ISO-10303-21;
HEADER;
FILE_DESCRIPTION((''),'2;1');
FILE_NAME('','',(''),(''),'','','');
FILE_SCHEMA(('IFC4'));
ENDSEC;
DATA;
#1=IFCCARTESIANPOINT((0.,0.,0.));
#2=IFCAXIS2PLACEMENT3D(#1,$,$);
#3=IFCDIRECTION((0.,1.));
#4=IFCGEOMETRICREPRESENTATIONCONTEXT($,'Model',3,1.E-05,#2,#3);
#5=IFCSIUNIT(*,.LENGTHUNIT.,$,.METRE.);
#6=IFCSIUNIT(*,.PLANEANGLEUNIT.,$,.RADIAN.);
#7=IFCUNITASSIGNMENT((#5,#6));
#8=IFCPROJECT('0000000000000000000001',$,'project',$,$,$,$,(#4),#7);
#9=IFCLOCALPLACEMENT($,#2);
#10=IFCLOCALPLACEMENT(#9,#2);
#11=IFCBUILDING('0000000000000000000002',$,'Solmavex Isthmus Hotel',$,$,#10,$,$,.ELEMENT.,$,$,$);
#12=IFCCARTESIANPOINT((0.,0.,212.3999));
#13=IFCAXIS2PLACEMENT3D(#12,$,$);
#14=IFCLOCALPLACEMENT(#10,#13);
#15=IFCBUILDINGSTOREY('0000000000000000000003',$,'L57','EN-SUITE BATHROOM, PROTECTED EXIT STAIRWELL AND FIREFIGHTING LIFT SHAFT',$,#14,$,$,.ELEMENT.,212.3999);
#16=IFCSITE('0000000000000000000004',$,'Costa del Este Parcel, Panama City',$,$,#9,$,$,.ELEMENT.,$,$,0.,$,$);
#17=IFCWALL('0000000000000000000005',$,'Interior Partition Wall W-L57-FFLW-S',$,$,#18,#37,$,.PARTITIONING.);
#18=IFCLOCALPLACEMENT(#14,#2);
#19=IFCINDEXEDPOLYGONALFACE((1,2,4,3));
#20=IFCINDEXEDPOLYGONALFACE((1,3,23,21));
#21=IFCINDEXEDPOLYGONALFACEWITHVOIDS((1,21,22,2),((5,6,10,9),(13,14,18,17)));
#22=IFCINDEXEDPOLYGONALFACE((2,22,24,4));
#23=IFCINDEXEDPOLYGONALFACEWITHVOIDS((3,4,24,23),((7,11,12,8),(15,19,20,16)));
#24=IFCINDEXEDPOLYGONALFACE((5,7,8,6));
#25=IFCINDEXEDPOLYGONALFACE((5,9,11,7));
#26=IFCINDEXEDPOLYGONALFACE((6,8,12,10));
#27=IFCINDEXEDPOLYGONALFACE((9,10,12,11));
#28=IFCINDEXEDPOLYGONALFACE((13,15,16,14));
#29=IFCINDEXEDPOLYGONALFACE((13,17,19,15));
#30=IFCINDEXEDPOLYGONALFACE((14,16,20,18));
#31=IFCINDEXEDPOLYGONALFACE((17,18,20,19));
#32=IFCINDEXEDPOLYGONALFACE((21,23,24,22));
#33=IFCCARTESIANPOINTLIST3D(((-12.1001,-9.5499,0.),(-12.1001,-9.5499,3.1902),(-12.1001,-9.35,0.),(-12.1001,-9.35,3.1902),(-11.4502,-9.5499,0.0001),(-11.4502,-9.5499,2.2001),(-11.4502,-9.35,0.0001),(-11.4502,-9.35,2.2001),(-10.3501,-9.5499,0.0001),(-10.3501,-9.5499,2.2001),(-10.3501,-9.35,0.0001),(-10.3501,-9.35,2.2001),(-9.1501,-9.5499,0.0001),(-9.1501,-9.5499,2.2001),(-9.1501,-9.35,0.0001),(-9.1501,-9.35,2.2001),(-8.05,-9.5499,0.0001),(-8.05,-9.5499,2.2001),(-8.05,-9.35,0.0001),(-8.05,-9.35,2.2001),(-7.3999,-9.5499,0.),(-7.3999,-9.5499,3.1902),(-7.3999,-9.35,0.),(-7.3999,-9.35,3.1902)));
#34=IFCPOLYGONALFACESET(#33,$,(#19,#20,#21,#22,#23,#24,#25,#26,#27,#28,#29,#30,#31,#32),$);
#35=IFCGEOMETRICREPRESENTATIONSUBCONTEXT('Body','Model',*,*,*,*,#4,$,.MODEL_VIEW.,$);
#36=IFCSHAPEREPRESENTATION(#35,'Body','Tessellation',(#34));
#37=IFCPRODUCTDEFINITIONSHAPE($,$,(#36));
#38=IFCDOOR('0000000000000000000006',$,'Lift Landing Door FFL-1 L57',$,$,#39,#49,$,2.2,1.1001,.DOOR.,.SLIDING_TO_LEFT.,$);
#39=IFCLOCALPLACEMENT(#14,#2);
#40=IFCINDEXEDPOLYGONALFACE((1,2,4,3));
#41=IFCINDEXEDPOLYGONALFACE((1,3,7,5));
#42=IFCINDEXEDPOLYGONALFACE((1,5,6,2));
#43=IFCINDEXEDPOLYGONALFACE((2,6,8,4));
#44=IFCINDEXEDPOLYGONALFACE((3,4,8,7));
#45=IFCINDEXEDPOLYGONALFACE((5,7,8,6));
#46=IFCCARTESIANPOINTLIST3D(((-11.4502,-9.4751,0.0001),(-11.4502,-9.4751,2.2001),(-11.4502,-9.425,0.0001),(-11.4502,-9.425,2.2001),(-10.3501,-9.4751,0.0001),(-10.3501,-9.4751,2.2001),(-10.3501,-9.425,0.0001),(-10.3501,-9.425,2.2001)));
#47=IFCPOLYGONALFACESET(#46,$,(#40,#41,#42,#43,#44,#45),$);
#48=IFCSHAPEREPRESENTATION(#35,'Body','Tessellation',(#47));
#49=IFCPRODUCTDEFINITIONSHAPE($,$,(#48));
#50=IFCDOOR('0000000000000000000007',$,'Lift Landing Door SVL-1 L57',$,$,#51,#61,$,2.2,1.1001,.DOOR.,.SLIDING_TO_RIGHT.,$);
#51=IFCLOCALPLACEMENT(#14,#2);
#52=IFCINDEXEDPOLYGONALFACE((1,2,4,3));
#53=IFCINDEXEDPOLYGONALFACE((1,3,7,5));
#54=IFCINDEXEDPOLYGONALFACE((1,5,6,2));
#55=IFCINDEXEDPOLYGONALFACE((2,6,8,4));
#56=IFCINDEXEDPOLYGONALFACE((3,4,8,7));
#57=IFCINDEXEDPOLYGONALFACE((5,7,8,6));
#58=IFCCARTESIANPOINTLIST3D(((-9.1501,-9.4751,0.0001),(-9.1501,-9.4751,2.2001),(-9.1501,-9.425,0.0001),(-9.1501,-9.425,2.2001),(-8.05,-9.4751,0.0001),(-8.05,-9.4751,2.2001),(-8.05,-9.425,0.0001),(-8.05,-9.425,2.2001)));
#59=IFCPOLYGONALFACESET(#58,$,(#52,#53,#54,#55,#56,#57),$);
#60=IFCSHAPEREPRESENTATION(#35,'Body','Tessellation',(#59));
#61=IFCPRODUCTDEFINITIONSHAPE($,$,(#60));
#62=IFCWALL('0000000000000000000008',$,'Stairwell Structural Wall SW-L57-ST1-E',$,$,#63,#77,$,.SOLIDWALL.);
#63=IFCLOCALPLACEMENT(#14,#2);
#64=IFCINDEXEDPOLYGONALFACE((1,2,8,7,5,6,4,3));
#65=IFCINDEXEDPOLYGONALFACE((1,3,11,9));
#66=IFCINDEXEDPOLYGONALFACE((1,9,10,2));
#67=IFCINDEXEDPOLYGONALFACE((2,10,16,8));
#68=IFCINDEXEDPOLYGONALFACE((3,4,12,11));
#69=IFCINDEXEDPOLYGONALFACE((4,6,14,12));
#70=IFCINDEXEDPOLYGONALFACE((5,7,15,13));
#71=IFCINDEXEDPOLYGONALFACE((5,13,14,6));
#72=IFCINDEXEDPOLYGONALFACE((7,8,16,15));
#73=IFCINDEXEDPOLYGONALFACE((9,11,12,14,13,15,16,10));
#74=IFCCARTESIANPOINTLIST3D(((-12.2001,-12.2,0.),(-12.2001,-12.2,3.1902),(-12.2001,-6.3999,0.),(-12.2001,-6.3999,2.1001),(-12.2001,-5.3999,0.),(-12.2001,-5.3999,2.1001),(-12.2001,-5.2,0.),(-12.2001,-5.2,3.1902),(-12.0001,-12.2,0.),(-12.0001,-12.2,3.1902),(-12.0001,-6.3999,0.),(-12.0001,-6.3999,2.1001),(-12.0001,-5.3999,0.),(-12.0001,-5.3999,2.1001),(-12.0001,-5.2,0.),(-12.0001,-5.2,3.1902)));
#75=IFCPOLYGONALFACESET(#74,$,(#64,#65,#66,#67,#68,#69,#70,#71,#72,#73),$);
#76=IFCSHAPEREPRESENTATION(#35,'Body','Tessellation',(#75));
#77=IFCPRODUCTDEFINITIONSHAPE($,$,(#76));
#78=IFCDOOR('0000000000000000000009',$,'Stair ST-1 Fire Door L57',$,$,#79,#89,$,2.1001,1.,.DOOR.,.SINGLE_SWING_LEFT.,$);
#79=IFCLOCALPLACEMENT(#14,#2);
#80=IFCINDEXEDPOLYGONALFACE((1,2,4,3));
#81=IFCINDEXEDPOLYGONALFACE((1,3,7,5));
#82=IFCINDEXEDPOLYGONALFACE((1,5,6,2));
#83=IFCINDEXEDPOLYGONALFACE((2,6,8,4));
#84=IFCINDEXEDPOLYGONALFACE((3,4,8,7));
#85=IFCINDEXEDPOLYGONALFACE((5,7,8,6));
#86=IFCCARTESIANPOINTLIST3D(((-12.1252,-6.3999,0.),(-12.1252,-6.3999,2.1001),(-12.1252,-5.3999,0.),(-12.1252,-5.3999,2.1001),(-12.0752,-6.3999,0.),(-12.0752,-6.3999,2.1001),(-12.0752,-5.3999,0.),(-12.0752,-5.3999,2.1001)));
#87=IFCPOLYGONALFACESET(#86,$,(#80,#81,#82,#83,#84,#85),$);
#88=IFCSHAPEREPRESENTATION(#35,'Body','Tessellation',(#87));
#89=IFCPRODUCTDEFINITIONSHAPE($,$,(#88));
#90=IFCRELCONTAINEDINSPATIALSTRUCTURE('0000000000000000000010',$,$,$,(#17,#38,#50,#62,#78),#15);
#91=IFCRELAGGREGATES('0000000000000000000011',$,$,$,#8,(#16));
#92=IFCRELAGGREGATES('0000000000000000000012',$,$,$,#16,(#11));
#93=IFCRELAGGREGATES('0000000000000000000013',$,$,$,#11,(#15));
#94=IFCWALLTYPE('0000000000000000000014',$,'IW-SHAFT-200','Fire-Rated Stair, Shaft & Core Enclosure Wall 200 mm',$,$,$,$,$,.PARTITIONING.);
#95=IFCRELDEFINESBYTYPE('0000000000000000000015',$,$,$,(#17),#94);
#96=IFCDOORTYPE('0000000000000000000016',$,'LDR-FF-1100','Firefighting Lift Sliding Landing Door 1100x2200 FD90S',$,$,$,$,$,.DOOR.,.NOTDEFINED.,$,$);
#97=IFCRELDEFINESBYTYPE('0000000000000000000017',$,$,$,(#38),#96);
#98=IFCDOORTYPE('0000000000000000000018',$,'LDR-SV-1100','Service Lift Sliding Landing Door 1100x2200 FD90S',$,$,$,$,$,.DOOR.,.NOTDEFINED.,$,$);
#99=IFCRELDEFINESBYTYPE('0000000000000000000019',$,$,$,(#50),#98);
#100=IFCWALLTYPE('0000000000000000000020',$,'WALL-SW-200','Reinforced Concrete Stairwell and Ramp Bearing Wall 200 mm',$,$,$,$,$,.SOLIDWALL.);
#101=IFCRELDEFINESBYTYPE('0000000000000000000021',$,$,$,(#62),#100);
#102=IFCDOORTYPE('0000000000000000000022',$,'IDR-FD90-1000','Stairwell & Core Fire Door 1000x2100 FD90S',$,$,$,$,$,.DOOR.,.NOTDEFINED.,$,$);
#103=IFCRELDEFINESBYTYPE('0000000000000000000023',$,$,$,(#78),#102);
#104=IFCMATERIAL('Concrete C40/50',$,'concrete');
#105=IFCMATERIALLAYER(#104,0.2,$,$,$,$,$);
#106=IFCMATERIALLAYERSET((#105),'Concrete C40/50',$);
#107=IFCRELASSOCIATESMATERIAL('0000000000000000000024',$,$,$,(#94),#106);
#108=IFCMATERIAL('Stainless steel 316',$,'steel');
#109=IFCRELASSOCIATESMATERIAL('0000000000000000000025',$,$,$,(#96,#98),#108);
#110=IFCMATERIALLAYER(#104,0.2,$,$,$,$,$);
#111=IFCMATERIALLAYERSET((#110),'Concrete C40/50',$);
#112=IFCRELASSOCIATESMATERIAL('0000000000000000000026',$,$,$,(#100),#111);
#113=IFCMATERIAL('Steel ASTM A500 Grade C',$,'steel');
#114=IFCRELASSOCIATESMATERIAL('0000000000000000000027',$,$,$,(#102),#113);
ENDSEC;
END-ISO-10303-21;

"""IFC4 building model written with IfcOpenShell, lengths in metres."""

from ifc_helpers import new_model, si_unit, direction, frame, frame_2d, origin, place, context, subcontext, project, spatial, rectangle, extrude, material, layer, layer_set, type_object, element, fill, save


model = new_model("IFC4")

# Units and contexts
model_context = context("Model", 3, precision=1e-05, world=origin(), true_north=direction((0.0, 1.0)))
body_context = subcontext(model_context, "Body", "Model", "MODEL_VIEW")
ifc_project = project(units=[si_unit("LENGTHUNIT", "METRE"), si_unit("PLANEANGLEUNIT", "RADIAN")], contexts=[model_context])

# Site, building, storey
site_placement = place(None, origin())
site = spatial("IfcSite", under=ifc_project, at=site_placement, Name="Costa del Este Parcel, Panama City", CompositionType="ELEMENT", RefElevation=0.0)
building_placement = place(site_placement, origin())
building = spatial("IfcBuilding", under=site, at=building_placement, Name="Solmavex Isthmus Hotel", CompositionType="ELEMENT")
storey_placement = place(building_placement, frame((0.0, 0.0, 212.3999)))
storey = spatial("IfcBuildingStorey", under=building, at=storey_placement, Name="L57", Description="EN-SUITE BATHROOM, PROTECTED EXIT STAIRWELL AND FIREFIGHTING LIFT SHAFT", CompositionType="ELEMENT", Elevation=212.3999)

# Shared definitions
ifc_material_1 = material(Name="Steel ASTM A500 Grade C", Category="steel")

# Shared definitions
ifc_material_2 = material(Name="Concrete C40/50", Category="concrete")
ifc_layer_1 = layer(ifc_material_2, 0.2)
ifc_layer_set_1 = layer_set([ifc_layer_1], Name="Concrete C40/50")
wall_type_1 = type_object("IfcWallType", Name="IW-SHAFT-200", Description="Fire-Rated Stair, Shaft & Core Enclosure Wall 200 mm", PredefinedType="PARTITIONING", material=ifc_layer_set_1)

# Wall, openings, doors
wall_1_placement = place(storey_placement, frame((-12.1001, -9.45, 0.0), z_axis=(0.0, 0.0, 1.0), x_axis=(1.0, 0.0, 0.0)))
wall_1 = element("IfcWall", 1, at=wall_1_placement, inside=storey, type_object=wall_type_1, Name="Interior Partition Wall W-L57-FFLW-S", PredefinedType="PARTITIONING", context=body_context, shape_type="SweptSolid", body=[
    extrude(rectangle(XDim=4.7002, YDim=0.2, at=frame_2d((2.3501, 0.0))), origin(), (0.0, 0.0, 1.0), 3.1902),
])
opening_1_placement = place(wall_1_placement, frame((0.6499, 0.0, 0.0)))
opening_1 = element("IfcOpeningElement", 2, at=opening_1_placement, cuts=wall_1, PredefinedType="OPENING", context=body_context, shape_type="SweptSolid", body=[
    extrude(rectangle(XDim=1.1001, YDim=2.2, at=frame_2d((0.55, 1.1001))), frame((0.0, 0.1099, 0.0), z_axis=(0.0, -1.0, 0.0), x_axis=(1.0, 0.0, 0.0)), (0.0, 0.0, 1.0), 0.22),
])
opening_2_placement = place(wall_1_placement, frame((2.95, 0.0, 0.0)))
opening_2 = element("IfcOpeningElement", 3, at=opening_2_placement, cuts=wall_1, PredefinedType="OPENING", context=body_context, shape_type="SweptSolid", body=[
    extrude(rectangle(XDim=1.1001, YDim=2.2, at=frame_2d((0.55, 1.1001))), frame((0.0, 0.1099, 0.0), z_axis=(0.0, -1.0, 0.0), x_axis=(1.0, 0.0, 0.0)), (0.0, 0.0, 1.0), 0.22),
])
ifc_material_3 = material(Name="Stainless steel 316", Category="steel")
door_type_1 = type_object("IfcDoorType", Name="LDR-FF-1100", Description="Firefighting Lift Sliding Landing Door 1100x2200 FD90S", OperationType="NOTDEFINED", PredefinedType="DOOR", material=ifc_material_3)
door_1_placement = place(opening_1_placement, origin())
door_1 = element("IfcDoor", 4, at=door_1_placement, inside=storey, type_object=door_type_1, Name="Lift Landing Door FFL-1 L57", OperationType="SLIDING_TO_LEFT", OverallHeight=2.2, OverallWidth=1.1001, PredefinedType="DOOR", context=body_context, shape_type="SweptSolid", body=[
    extrude(rectangle(XDim=1.1001, YDim=2.2, at=frame_2d((0.55, 1.1001))), frame((0.0, 0.0249, 0.0), z_axis=(0.0, -1.0, 0.0), x_axis=(1.0, 0.0, 0.0)), (0.0, 0.0, 1.0), 0.05),
])
fill(opening_1, door_1)
door_type_2 = type_object("IfcDoorType", Name="LDR-SV-1100", Description="Service Lift Sliding Landing Door 1100x2200 FD90S", OperationType="NOTDEFINED", PredefinedType="DOOR", material=ifc_material_3)
door_2_placement = place(opening_2_placement, origin())
door_2 = element("IfcDoor", 5, at=door_2_placement, inside=storey, type_object=door_type_2, Name="Lift Landing Door SVL-1 L57", OperationType="SLIDING_TO_RIGHT", OverallHeight=2.2, OverallWidth=1.1001, PredefinedType="DOOR", context=body_context, shape_type="SweptSolid", body=[
    extrude(rectangle(XDim=1.1001, YDim=2.2, at=frame_2d((0.55, 1.1001))), frame((0.0, 0.0249, 0.0), z_axis=(0.0, -1.0, 0.0), x_axis=(1.0, 0.0, 0.0)), (0.0, 0.0, 1.0), 0.05),
])
fill(opening_2, door_2)

# Wall, opening, door
ifc_layer_2 = layer(ifc_material_2, 0.2)
ifc_layer_set_2 = layer_set([ifc_layer_2], Name="Concrete C40/50")
wall_type_2 = type_object("IfcWallType", Name="WALL-SW-200", Description="Reinforced Concrete Stairwell and Ramp Bearing Wall 200 mm", PredefinedType="SOLIDWALL", material=ifc_layer_set_2)
wall_2_placement = place(storey_placement, frame((-12.1001, -12.2, 0.0), z_axis=(0.0, 0.0, 1.0), x_axis=(0.0, 1.0, 0.0)))
wall_2 = element("IfcWall", 6, at=wall_2_placement, inside=storey, type_object=wall_type_2, Name="Stairwell Structural Wall SW-L57-ST1-E", PredefinedType="SOLIDWALL", context=body_context, shape_type="SweptSolid", body=[
    extrude(rectangle(XDim=7.0, YDim=0.2, at=frame_2d((3.5, 0.0))), origin(), (0.0, 0.0, 1.0), 3.1902),
])
opening_3_placement = place(wall_2_placement, frame((5.8, 0.0, 0.0)))
opening_3 = element("IfcOpeningElement", 7, at=opening_3_placement, cuts=wall_2, PredefinedType="OPENING", context=body_context, shape_type="SweptSolid", body=[
    extrude(rectangle(XDim=1.0, YDim=2.1001, at=frame_2d((0.5, 1.05))), frame((0.0, 0.1099, 0.0), z_axis=(0.0, -1.0, 0.0), x_axis=(1.0, 0.0, 0.0)), (0.0, 0.0, 1.0), 0.22),
])
door_type_3 = type_object("IfcDoorType", Name="IDR-FD90-1000", Description="Stairwell & Core Fire Door 1000x2100 FD90S", OperationType="NOTDEFINED", PredefinedType="DOOR", material=ifc_material_1)
door_3_placement = place(opening_3_placement, frame((1.0, 0.0, 0.0), z_axis=(0.0, 0.0, 1.0), x_axis=(-1.0, 0.0, 0.0)))
door_3 = element("IfcDoor", 8, at=door_3_placement, inside=storey, type_object=door_type_3, Name="Stair ST-1 Fire Door L57", OperationType="SINGLE_SWING_LEFT", OverallHeight=2.1001, OverallWidth=1.0, PredefinedType="DOOR", context=body_context, shape_type="SweptSolid", body=[
    extrude(rectangle(XDim=1.0, YDim=2.1001, at=frame_2d((0.5, 1.05))), frame((0.0, 0.0249, 0.0), z_axis=(0.0, -1.0, 0.0), x_axis=(1.0, 0.0, 0.0)), (0.0, 0.0, 1.0), 0.05),
])
fill(opening_3, door_3)

save(model, "model.ifc")
